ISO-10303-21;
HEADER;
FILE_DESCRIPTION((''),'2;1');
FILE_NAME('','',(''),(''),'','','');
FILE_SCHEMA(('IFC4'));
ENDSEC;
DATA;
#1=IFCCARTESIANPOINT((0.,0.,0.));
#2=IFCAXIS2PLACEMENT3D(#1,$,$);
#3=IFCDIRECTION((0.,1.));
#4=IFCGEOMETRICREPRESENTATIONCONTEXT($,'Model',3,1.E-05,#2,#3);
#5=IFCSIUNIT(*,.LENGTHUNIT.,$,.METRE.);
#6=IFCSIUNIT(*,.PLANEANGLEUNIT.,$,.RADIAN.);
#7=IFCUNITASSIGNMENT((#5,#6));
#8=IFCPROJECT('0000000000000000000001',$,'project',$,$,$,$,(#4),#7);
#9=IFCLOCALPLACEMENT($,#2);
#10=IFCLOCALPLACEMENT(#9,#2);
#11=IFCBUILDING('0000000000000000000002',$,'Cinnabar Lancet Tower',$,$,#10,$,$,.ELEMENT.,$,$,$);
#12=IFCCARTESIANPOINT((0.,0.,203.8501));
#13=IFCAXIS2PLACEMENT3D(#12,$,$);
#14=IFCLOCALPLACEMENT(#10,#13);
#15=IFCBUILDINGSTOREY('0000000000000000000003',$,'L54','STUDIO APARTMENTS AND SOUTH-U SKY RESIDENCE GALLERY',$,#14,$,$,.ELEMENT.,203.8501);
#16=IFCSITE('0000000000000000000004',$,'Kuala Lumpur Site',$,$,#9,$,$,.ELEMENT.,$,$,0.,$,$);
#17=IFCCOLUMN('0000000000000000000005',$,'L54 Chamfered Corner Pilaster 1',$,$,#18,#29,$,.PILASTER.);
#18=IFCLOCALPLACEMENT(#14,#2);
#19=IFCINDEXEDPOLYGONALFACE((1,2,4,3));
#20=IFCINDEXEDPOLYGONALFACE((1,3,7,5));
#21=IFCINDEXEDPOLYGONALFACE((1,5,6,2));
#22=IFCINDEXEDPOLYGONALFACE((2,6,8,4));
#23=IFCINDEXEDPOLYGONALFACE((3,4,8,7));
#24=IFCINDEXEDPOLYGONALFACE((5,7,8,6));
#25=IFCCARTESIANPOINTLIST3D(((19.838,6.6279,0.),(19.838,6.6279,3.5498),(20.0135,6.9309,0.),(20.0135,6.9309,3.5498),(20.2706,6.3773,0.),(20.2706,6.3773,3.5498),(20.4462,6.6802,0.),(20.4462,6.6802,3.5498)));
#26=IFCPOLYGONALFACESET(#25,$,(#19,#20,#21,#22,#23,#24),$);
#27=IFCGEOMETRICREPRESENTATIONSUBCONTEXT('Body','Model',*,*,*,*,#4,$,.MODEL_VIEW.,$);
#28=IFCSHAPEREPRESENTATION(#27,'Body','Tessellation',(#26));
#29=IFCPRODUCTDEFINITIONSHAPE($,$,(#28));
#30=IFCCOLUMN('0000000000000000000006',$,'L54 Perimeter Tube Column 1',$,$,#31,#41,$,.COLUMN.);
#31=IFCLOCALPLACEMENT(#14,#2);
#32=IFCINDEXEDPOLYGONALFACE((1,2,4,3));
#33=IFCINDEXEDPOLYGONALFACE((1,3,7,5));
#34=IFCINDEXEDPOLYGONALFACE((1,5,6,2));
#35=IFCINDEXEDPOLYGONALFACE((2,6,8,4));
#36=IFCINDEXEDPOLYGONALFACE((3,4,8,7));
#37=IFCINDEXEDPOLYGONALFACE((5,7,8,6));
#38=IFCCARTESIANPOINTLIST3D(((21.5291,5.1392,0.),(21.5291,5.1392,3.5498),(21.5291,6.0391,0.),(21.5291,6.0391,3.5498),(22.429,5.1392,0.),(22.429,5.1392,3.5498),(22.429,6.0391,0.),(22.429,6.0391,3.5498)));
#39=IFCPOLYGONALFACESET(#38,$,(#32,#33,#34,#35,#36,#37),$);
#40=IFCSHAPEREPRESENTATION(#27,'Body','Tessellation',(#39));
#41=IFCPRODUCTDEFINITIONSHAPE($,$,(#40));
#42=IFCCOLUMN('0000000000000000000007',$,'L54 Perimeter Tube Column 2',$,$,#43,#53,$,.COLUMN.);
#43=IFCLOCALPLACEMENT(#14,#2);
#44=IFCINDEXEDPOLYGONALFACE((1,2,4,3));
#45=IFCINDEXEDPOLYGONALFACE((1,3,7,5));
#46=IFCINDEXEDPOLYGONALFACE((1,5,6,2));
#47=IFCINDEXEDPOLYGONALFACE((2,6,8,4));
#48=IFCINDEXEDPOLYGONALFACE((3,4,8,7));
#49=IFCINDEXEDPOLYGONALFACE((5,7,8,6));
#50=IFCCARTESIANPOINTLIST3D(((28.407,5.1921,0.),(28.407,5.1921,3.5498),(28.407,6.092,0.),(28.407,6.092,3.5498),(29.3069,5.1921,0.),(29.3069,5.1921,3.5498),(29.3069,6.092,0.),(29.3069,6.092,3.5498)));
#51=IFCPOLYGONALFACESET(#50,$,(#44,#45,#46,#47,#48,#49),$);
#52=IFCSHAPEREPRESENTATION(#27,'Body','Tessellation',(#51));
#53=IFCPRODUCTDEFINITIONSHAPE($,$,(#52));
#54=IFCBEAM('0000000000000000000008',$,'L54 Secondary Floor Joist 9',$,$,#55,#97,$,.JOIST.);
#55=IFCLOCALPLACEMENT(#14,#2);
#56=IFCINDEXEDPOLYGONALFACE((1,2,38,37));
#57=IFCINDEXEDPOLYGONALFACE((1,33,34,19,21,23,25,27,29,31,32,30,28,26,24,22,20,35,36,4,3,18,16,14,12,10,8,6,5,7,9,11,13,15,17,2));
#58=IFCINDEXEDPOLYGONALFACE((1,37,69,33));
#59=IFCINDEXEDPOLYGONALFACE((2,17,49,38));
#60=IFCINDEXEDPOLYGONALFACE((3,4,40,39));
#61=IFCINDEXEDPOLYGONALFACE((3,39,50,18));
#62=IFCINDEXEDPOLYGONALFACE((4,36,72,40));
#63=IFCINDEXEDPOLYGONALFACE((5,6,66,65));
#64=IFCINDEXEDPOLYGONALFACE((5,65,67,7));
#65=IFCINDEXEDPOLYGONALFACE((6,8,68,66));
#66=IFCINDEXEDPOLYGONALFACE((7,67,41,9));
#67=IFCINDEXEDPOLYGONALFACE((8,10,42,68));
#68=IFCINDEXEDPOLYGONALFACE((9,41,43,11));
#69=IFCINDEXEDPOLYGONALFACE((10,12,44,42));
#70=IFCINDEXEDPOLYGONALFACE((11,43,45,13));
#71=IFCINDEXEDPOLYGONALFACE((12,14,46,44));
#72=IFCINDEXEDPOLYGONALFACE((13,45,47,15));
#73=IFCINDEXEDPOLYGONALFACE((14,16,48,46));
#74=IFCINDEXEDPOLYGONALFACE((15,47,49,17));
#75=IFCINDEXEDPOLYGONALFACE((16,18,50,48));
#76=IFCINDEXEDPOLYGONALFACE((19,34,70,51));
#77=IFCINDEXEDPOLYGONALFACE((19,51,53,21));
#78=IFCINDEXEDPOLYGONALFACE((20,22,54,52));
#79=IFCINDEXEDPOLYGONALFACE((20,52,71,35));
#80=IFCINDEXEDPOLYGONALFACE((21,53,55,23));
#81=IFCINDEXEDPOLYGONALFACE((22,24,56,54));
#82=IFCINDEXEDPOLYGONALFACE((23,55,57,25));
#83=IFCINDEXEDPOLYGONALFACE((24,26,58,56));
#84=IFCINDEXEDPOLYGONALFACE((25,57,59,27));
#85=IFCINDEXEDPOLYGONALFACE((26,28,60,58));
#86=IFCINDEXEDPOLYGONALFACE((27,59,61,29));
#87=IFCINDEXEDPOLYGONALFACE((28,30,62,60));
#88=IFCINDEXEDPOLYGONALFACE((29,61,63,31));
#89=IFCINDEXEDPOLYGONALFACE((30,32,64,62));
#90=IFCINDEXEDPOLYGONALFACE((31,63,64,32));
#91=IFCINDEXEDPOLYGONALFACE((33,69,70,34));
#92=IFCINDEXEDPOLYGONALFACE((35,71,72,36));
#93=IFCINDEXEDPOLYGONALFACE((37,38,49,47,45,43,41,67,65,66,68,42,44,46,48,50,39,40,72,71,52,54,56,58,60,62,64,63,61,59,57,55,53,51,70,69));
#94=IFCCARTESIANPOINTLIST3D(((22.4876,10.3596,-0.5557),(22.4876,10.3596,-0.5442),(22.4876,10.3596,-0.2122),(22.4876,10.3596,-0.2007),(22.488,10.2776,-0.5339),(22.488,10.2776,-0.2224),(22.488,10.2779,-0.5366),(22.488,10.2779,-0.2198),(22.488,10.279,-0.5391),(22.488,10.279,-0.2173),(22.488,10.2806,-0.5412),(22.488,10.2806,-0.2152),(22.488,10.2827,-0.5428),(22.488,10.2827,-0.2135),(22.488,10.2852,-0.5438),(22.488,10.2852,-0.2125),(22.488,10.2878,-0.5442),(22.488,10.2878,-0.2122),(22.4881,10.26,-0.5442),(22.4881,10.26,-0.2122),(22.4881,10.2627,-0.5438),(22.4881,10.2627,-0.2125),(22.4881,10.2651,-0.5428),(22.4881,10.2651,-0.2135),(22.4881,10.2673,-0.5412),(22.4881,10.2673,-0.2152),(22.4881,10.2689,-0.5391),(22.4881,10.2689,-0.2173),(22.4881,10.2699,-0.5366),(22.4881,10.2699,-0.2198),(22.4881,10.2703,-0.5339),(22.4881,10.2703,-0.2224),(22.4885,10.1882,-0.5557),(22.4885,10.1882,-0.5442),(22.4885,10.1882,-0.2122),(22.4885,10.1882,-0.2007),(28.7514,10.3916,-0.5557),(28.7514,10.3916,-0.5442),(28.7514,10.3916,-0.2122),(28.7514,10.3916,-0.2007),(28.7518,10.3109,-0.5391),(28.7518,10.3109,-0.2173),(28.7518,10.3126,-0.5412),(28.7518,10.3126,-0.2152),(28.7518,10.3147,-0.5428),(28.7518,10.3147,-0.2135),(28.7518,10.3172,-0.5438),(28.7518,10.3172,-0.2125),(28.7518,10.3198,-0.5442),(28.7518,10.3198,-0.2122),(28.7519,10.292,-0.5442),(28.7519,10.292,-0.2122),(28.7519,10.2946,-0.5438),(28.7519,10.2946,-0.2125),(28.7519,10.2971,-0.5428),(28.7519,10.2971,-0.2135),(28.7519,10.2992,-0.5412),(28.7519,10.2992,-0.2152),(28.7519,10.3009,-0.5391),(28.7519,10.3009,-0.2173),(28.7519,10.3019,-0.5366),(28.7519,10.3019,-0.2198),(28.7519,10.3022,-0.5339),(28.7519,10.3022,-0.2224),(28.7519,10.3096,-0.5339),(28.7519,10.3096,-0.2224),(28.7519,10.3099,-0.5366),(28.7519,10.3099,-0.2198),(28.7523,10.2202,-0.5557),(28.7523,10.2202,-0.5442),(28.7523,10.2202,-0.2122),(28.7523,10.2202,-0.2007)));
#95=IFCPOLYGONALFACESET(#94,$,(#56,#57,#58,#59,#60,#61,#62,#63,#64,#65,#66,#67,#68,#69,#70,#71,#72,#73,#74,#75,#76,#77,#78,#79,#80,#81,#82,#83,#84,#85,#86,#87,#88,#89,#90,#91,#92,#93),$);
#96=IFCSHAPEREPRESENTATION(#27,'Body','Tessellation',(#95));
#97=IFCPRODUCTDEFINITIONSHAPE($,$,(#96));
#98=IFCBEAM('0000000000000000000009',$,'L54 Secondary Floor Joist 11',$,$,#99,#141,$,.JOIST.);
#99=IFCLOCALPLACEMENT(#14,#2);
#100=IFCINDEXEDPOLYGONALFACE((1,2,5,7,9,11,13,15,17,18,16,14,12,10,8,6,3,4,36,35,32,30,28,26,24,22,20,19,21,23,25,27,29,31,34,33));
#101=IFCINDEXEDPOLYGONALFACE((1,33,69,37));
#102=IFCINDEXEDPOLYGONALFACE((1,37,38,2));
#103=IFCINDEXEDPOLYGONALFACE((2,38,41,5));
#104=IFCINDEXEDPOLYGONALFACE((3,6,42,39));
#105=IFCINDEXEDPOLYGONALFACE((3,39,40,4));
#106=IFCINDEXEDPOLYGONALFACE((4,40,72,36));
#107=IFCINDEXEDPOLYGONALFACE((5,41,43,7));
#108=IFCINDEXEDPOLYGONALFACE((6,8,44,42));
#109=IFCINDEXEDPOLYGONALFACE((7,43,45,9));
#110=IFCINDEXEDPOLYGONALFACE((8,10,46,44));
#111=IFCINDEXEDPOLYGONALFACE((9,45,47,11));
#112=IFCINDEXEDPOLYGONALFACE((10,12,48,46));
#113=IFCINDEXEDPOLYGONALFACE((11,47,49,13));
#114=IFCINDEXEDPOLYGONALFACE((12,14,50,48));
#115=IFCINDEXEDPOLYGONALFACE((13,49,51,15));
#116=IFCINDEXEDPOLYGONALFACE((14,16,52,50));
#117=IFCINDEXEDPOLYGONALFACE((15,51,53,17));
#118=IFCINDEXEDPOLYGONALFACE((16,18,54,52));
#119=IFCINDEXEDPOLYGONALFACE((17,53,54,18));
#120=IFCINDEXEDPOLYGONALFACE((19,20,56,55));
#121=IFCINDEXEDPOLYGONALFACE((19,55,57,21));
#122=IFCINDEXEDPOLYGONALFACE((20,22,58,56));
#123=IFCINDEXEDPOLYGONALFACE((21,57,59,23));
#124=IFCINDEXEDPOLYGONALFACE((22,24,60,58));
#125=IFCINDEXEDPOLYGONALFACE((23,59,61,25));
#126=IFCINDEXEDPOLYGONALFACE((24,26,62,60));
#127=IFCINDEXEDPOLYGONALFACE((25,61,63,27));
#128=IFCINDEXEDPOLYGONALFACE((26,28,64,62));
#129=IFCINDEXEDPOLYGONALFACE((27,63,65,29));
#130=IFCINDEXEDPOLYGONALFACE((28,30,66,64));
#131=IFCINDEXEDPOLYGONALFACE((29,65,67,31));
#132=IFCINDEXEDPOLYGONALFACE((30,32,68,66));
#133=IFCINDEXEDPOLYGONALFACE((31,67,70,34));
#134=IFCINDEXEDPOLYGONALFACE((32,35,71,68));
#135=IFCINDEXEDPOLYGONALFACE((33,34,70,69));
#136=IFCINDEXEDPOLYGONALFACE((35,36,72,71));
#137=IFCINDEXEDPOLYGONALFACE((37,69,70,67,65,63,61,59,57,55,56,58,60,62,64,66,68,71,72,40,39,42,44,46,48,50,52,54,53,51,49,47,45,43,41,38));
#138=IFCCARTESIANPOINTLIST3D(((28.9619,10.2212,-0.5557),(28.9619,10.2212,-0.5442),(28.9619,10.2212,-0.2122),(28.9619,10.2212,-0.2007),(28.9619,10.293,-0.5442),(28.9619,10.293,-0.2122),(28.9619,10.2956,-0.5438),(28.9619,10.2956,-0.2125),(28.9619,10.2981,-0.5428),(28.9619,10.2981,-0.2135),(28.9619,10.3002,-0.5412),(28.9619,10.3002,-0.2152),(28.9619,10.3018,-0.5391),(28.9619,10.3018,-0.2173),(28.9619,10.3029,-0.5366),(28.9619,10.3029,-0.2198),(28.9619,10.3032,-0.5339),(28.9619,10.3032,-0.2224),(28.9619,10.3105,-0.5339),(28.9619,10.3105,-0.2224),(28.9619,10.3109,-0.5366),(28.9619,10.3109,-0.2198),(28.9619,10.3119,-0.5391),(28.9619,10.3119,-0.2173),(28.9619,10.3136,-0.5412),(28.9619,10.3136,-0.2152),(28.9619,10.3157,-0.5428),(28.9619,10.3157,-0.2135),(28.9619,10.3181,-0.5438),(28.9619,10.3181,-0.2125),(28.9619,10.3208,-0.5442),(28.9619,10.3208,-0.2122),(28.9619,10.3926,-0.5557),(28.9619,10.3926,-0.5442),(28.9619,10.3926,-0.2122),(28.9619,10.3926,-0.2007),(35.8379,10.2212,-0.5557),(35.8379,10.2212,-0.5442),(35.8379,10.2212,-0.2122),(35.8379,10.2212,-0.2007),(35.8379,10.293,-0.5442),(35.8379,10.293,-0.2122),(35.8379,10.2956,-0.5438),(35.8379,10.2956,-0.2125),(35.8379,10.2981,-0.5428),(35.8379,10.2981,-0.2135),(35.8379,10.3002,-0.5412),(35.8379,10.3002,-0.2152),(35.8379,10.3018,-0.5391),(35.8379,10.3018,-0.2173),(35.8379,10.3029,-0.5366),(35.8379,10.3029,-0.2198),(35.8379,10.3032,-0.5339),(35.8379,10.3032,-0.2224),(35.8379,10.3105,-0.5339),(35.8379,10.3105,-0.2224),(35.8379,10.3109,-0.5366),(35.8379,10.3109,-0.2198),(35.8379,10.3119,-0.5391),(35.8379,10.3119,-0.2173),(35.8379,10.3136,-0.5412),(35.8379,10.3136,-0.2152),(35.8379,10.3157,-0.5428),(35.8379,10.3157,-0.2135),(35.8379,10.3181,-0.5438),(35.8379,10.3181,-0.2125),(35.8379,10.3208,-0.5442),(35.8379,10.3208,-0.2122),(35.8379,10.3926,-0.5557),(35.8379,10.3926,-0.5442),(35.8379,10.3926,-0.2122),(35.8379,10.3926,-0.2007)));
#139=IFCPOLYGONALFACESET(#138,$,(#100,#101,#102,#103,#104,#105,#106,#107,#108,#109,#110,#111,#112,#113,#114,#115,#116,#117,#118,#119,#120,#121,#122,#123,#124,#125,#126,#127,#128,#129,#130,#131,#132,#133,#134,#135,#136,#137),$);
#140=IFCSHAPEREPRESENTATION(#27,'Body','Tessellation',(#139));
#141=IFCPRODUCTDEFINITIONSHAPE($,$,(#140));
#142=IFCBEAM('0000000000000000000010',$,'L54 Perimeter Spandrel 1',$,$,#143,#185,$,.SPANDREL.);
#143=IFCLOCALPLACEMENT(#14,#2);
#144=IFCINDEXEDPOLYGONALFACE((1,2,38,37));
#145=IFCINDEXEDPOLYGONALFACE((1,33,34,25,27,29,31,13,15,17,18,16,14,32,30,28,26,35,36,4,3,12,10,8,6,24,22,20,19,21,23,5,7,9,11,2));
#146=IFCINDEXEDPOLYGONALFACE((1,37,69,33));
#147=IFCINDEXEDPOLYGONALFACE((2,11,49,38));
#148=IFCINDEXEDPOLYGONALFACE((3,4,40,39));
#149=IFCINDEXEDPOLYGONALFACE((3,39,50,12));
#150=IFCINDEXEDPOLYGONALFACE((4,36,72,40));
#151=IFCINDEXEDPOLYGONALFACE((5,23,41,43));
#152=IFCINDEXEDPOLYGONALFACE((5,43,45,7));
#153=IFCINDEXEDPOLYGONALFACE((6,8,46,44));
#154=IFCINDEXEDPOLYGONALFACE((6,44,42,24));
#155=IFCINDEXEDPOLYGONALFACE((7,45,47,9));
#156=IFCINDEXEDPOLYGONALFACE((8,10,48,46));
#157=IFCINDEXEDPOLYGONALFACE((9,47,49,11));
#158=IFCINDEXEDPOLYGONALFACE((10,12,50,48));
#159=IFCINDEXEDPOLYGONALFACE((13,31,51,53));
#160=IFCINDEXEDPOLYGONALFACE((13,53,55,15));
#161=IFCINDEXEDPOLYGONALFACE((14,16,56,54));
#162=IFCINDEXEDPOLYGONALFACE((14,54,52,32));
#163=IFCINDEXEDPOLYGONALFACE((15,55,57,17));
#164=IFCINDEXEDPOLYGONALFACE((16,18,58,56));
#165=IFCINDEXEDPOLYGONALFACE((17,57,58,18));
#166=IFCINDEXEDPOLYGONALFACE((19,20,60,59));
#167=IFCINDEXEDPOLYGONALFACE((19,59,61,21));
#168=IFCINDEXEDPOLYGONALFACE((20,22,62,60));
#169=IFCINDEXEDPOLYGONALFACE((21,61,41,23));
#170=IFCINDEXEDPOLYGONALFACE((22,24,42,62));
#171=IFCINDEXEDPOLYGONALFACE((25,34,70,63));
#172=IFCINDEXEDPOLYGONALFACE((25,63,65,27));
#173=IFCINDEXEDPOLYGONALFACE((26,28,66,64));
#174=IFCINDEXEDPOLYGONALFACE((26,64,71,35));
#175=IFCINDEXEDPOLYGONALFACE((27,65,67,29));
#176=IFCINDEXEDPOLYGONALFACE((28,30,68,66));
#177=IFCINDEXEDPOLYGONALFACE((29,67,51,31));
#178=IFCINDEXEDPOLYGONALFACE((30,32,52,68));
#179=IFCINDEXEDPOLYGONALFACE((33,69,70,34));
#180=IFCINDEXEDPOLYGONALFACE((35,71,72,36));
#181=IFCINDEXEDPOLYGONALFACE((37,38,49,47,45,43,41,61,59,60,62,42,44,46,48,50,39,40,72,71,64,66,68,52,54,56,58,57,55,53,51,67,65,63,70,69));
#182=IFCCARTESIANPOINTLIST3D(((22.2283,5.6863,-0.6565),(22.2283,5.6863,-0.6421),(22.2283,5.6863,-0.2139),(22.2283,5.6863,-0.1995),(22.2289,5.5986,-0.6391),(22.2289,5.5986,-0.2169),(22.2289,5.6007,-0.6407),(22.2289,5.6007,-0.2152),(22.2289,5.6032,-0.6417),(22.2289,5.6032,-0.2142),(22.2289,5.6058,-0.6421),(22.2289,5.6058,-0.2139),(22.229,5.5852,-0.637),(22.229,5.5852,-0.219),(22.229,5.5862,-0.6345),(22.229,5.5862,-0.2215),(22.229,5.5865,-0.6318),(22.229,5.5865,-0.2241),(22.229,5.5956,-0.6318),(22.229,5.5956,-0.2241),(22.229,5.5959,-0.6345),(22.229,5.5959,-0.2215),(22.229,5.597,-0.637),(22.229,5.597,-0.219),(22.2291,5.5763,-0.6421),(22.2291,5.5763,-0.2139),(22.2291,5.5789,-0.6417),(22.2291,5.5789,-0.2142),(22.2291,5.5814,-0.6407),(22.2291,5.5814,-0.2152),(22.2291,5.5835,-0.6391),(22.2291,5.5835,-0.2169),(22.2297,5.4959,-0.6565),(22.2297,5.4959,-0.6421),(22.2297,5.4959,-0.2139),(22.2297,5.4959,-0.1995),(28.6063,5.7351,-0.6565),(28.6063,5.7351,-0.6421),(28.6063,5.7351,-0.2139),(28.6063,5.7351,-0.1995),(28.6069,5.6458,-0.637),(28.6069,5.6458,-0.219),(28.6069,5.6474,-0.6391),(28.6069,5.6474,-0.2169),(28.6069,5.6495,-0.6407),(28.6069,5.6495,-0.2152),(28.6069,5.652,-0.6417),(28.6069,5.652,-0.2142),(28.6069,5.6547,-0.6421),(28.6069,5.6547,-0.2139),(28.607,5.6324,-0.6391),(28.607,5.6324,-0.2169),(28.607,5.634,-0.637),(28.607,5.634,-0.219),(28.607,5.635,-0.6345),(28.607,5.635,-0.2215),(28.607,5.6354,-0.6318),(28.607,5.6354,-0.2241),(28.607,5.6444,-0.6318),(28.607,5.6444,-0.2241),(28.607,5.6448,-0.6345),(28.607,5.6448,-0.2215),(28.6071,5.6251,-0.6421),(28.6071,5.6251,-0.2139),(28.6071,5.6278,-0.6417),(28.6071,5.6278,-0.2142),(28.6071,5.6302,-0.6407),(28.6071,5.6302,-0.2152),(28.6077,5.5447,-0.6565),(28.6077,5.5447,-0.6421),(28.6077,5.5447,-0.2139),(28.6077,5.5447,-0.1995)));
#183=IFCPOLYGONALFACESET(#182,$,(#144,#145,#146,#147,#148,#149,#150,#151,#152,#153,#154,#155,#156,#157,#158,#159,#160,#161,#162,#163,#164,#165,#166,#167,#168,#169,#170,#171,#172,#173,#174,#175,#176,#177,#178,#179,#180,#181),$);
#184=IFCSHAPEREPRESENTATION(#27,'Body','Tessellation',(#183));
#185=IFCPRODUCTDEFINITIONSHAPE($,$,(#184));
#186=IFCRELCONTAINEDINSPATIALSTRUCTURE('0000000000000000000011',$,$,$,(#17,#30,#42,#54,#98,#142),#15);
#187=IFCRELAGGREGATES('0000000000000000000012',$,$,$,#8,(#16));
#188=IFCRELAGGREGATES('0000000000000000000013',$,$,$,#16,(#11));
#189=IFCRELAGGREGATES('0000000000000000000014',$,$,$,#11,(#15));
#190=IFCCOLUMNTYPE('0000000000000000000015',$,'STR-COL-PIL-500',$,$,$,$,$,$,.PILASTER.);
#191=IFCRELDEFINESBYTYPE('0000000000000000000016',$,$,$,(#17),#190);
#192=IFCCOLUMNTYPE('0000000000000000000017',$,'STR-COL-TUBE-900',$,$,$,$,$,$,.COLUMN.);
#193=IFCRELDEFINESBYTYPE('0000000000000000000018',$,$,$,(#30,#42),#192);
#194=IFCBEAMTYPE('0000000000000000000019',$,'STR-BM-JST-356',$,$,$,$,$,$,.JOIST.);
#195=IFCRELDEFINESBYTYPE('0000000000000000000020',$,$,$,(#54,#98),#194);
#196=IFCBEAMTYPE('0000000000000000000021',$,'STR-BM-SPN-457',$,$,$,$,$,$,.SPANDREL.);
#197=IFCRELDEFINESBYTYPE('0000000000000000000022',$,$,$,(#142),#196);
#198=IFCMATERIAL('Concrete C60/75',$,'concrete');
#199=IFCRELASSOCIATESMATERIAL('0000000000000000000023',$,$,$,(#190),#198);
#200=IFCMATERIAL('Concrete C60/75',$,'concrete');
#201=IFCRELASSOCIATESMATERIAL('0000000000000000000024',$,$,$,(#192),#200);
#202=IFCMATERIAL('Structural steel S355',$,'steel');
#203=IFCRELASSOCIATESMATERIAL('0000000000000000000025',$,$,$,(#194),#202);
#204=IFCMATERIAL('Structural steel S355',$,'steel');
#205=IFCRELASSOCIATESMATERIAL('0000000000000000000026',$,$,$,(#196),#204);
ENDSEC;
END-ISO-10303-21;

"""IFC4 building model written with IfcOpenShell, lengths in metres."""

from ifc_helpers import new_model, si_unit, direction, frame, origin, origin_2d, place, context, subcontext, project, spatial, rectangle, i_section, extrude, material, material_profile, profile_set, type_object, element, save


model = new_model("IFC4")

# Units and contexts
model_context = context("Model", 3, precision=1e-05, world=origin(), true_north=direction((0.0, 1.0)))
body_context = subcontext(model_context, "Body", "Model", "MODEL_VIEW")
ifc_project = project(units=[si_unit("LENGTHUNIT", "METRE"), si_unit("PLANEANGLEUNIT", "RADIAN")], contexts=[model_context])

# Site, building, storey
site_placement = place(None, origin())
site = spatial("IfcSite", under=ifc_project, at=site_placement, Name="Kuala Lumpur Site", CompositionType="ELEMENT", RefElevation=0.0)
building_placement = place(site_placement, origin())
building = spatial("IfcBuilding", under=site, at=building_placement, Name="Cinnabar Lancet Tower", CompositionType="ELEMENT")
storey_placement = place(building_placement, frame((0.0, 0.0, 203.8501)))
storey = spatial("IfcBuildingStorey", under=building, at=storey_placement, Name="L54", Description="STUDIO APARTMENTS AND SOUTH-U SKY RESIDENCE GALLERY", CompositionType="ELEMENT", Elevation=203.8501)

# Columns
ifc_material_1 = material(Name="Concrete C60/75", Category="concrete")
ifc_material_profile_1 = material_profile(ifc_material_1, rectangle(XDim=0.5, YDim=0.3501, at=origin_2d()), Name="RC-PIL 500x350")
ifc_profile_set_1 = profile_set([ifc_material_profile_1], Name="Concrete C60/75")
column_type_1 = type_object("IfcColumnType", Name="STR-COL-PIL-500", PredefinedType="PILASTER", material=ifc_profile_set_1)
column_placement = place(storey_placement, frame((20.1421, 6.6541, 0.0), z_axis=(0.0, 0.0, 1.0), x_axis=(0.86523, -0.501375, 0.0)))
element("IfcColumn", 1, at=column_placement, inside=storey, type_object=column_type_1, Name="L54 Chamfered Corner Pilaster 1", PredefinedType="PILASTER", context=body_context, shape_type="SweptSolid", body=[
    extrude(rectangle(XDim=0.5, YDim=0.3501, at=origin_2d()), origin(), (0.0, 0.0, 1.0), 3.5498),
])
ifc_material_2 = material(Name="Concrete C60/75", Category="concrete")
ifc_material_profile_2 = material_profile(ifc_material_2, rectangle(XDim=0.8999, YDim=0.8999, at=origin_2d()), Name="RC-COL 900x900")
ifc_profile_set_2 = profile_set([ifc_material_profile_2], Name="Concrete C60/75")
column_type_2 = type_object("IfcColumnType", Name="STR-COL-TUBE-900", PredefinedType="COLUMN", material=ifc_profile_set_2)
for number, where, z_axis, x_axis, name in (
    (2, (21.979, 5.5891, 0.0), (0.0, 0.0, 1.0), (1.0, 0.0, 0.0), "L54 Perimeter Tube Column 1"),
    (3, (28.8569, 5.6421, 0.0), (0.0, 0.0, 1.0), (1.0, 0.0, 0.0), "L54 Perimeter Tube Column 2"),
):
    element("IfcColumn", number, at=place(storey_placement, frame(where, z_axis=z_axis, x_axis=x_axis)), inside=storey, type_object=column_type_2, Name=name, PredefinedType="COLUMN", context=body_context, shape_type="SweptSolid", body=[
        extrude(rectangle(XDim=0.8999, YDim=0.8999, at=origin_2d()), origin(), (0.0, 0.0, 1.0), 3.5498),
    ])

# Beams
ifc_material_3 = material(Name="Structural steel S355", Category="steel")
ifc_material_profile_3 = material_profile(ifc_material_3, i_section(OverallWidth=0.1714, OverallDepth=0.355, WebThickness=0.0073, FlangeThickness=0.0115, FilletRadius=0.0103, at=origin_2d()), Name="UKB 356x171x51")
ifc_profile_set_3 = profile_set([ifc_material_profile_3], Name="Structural steel S355")
beam_type_1 = type_object("IfcBeamType", Name="STR-BM-JST-356", PredefinedType="JOIST", material=ifc_profile_set_3)
beam_1_placement = place(storey_placement, frame((22.488, 10.2739, -0.3782), z_axis=(0.999987, 0.005106, 0.0), x_axis=(-0.005106, 0.999987, 0.0)))
element("IfcBeam", 4, at=beam_1_placement, inside=storey, type_object=beam_type_1, Name="L54 Secondary Floor Joist 9", PredefinedType="JOIST", context=body_context, shape_type="SweptSolid", body=[
    extrude(i_section(OverallWidth=0.1714, OverallDepth=0.355, WebThickness=0.0073, FlangeThickness=0.0115, FilletRadius=0.0103, at=origin_2d()), origin(), (0.0, 0.0, 1.0), 6.2639),
])
beam_2_placement = place(storey_placement, frame((28.9619, 10.3069, -0.3782), z_axis=(1.0, 0.0, 0.0), x_axis=(0.0, 1.0, 0.0)))
element("IfcBeam", 5, at=beam_2_placement, inside=storey, type_object=beam_type_1, Name="L54 Secondary Floor Joist 11", PredefinedType="JOIST", context=body_context, shape_type="SweptSolid", body=[
    extrude(i_section(OverallWidth=0.1714, OverallDepth=0.355, WebThickness=0.0073, FlangeThickness=0.0115, FilletRadius=0.0103, at=origin_2d()), origin(), (0.0, 0.0, 1.0), 6.876),
])
ifc_material_4 = material(Name="Structural steel S355", Category="steel")
ifc_material_profile_4 = material_profile(ifc_material_4, i_section(OverallWidth=0.1904, OverallDepth=0.457, WebThickness=0.009, FlangeThickness=0.0144, FilletRadius=0.0103, at=origin_2d()), Name="UKB 457x191x74")
ifc_profile_set_4 = profile_set([ifc_material_profile_4], Name="Structural steel S355")
beam_type_2 = type_object("IfcBeamType", Name="STR-BM-SPN-457", PredefinedType="SPANDREL", material=ifc_profile_set_4)
beam_3_placement = place(storey_placement, frame((22.229, 5.5911, -0.428), z_axis=(0.999971, 0.007656, 0.0), x_axis=(-0.007656, 0.999971, 0.0)))
element("IfcBeam", 6, at=beam_3_placement, inside=storey, type_object=beam_type_2, Name="L54 Perimeter Spandrel 1", PredefinedType="SPANDREL", context=body_context, shape_type="SweptSolid", body=[
    extrude(i_section(OverallWidth=0.1904, OverallDepth=0.457, WebThickness=0.009, FlangeThickness=0.0144, FilletRadius=0.0103, at=origin_2d()), origin(), (0.0, 0.0, 1.0), 6.3782),
])

save(model, "model.ifc")
